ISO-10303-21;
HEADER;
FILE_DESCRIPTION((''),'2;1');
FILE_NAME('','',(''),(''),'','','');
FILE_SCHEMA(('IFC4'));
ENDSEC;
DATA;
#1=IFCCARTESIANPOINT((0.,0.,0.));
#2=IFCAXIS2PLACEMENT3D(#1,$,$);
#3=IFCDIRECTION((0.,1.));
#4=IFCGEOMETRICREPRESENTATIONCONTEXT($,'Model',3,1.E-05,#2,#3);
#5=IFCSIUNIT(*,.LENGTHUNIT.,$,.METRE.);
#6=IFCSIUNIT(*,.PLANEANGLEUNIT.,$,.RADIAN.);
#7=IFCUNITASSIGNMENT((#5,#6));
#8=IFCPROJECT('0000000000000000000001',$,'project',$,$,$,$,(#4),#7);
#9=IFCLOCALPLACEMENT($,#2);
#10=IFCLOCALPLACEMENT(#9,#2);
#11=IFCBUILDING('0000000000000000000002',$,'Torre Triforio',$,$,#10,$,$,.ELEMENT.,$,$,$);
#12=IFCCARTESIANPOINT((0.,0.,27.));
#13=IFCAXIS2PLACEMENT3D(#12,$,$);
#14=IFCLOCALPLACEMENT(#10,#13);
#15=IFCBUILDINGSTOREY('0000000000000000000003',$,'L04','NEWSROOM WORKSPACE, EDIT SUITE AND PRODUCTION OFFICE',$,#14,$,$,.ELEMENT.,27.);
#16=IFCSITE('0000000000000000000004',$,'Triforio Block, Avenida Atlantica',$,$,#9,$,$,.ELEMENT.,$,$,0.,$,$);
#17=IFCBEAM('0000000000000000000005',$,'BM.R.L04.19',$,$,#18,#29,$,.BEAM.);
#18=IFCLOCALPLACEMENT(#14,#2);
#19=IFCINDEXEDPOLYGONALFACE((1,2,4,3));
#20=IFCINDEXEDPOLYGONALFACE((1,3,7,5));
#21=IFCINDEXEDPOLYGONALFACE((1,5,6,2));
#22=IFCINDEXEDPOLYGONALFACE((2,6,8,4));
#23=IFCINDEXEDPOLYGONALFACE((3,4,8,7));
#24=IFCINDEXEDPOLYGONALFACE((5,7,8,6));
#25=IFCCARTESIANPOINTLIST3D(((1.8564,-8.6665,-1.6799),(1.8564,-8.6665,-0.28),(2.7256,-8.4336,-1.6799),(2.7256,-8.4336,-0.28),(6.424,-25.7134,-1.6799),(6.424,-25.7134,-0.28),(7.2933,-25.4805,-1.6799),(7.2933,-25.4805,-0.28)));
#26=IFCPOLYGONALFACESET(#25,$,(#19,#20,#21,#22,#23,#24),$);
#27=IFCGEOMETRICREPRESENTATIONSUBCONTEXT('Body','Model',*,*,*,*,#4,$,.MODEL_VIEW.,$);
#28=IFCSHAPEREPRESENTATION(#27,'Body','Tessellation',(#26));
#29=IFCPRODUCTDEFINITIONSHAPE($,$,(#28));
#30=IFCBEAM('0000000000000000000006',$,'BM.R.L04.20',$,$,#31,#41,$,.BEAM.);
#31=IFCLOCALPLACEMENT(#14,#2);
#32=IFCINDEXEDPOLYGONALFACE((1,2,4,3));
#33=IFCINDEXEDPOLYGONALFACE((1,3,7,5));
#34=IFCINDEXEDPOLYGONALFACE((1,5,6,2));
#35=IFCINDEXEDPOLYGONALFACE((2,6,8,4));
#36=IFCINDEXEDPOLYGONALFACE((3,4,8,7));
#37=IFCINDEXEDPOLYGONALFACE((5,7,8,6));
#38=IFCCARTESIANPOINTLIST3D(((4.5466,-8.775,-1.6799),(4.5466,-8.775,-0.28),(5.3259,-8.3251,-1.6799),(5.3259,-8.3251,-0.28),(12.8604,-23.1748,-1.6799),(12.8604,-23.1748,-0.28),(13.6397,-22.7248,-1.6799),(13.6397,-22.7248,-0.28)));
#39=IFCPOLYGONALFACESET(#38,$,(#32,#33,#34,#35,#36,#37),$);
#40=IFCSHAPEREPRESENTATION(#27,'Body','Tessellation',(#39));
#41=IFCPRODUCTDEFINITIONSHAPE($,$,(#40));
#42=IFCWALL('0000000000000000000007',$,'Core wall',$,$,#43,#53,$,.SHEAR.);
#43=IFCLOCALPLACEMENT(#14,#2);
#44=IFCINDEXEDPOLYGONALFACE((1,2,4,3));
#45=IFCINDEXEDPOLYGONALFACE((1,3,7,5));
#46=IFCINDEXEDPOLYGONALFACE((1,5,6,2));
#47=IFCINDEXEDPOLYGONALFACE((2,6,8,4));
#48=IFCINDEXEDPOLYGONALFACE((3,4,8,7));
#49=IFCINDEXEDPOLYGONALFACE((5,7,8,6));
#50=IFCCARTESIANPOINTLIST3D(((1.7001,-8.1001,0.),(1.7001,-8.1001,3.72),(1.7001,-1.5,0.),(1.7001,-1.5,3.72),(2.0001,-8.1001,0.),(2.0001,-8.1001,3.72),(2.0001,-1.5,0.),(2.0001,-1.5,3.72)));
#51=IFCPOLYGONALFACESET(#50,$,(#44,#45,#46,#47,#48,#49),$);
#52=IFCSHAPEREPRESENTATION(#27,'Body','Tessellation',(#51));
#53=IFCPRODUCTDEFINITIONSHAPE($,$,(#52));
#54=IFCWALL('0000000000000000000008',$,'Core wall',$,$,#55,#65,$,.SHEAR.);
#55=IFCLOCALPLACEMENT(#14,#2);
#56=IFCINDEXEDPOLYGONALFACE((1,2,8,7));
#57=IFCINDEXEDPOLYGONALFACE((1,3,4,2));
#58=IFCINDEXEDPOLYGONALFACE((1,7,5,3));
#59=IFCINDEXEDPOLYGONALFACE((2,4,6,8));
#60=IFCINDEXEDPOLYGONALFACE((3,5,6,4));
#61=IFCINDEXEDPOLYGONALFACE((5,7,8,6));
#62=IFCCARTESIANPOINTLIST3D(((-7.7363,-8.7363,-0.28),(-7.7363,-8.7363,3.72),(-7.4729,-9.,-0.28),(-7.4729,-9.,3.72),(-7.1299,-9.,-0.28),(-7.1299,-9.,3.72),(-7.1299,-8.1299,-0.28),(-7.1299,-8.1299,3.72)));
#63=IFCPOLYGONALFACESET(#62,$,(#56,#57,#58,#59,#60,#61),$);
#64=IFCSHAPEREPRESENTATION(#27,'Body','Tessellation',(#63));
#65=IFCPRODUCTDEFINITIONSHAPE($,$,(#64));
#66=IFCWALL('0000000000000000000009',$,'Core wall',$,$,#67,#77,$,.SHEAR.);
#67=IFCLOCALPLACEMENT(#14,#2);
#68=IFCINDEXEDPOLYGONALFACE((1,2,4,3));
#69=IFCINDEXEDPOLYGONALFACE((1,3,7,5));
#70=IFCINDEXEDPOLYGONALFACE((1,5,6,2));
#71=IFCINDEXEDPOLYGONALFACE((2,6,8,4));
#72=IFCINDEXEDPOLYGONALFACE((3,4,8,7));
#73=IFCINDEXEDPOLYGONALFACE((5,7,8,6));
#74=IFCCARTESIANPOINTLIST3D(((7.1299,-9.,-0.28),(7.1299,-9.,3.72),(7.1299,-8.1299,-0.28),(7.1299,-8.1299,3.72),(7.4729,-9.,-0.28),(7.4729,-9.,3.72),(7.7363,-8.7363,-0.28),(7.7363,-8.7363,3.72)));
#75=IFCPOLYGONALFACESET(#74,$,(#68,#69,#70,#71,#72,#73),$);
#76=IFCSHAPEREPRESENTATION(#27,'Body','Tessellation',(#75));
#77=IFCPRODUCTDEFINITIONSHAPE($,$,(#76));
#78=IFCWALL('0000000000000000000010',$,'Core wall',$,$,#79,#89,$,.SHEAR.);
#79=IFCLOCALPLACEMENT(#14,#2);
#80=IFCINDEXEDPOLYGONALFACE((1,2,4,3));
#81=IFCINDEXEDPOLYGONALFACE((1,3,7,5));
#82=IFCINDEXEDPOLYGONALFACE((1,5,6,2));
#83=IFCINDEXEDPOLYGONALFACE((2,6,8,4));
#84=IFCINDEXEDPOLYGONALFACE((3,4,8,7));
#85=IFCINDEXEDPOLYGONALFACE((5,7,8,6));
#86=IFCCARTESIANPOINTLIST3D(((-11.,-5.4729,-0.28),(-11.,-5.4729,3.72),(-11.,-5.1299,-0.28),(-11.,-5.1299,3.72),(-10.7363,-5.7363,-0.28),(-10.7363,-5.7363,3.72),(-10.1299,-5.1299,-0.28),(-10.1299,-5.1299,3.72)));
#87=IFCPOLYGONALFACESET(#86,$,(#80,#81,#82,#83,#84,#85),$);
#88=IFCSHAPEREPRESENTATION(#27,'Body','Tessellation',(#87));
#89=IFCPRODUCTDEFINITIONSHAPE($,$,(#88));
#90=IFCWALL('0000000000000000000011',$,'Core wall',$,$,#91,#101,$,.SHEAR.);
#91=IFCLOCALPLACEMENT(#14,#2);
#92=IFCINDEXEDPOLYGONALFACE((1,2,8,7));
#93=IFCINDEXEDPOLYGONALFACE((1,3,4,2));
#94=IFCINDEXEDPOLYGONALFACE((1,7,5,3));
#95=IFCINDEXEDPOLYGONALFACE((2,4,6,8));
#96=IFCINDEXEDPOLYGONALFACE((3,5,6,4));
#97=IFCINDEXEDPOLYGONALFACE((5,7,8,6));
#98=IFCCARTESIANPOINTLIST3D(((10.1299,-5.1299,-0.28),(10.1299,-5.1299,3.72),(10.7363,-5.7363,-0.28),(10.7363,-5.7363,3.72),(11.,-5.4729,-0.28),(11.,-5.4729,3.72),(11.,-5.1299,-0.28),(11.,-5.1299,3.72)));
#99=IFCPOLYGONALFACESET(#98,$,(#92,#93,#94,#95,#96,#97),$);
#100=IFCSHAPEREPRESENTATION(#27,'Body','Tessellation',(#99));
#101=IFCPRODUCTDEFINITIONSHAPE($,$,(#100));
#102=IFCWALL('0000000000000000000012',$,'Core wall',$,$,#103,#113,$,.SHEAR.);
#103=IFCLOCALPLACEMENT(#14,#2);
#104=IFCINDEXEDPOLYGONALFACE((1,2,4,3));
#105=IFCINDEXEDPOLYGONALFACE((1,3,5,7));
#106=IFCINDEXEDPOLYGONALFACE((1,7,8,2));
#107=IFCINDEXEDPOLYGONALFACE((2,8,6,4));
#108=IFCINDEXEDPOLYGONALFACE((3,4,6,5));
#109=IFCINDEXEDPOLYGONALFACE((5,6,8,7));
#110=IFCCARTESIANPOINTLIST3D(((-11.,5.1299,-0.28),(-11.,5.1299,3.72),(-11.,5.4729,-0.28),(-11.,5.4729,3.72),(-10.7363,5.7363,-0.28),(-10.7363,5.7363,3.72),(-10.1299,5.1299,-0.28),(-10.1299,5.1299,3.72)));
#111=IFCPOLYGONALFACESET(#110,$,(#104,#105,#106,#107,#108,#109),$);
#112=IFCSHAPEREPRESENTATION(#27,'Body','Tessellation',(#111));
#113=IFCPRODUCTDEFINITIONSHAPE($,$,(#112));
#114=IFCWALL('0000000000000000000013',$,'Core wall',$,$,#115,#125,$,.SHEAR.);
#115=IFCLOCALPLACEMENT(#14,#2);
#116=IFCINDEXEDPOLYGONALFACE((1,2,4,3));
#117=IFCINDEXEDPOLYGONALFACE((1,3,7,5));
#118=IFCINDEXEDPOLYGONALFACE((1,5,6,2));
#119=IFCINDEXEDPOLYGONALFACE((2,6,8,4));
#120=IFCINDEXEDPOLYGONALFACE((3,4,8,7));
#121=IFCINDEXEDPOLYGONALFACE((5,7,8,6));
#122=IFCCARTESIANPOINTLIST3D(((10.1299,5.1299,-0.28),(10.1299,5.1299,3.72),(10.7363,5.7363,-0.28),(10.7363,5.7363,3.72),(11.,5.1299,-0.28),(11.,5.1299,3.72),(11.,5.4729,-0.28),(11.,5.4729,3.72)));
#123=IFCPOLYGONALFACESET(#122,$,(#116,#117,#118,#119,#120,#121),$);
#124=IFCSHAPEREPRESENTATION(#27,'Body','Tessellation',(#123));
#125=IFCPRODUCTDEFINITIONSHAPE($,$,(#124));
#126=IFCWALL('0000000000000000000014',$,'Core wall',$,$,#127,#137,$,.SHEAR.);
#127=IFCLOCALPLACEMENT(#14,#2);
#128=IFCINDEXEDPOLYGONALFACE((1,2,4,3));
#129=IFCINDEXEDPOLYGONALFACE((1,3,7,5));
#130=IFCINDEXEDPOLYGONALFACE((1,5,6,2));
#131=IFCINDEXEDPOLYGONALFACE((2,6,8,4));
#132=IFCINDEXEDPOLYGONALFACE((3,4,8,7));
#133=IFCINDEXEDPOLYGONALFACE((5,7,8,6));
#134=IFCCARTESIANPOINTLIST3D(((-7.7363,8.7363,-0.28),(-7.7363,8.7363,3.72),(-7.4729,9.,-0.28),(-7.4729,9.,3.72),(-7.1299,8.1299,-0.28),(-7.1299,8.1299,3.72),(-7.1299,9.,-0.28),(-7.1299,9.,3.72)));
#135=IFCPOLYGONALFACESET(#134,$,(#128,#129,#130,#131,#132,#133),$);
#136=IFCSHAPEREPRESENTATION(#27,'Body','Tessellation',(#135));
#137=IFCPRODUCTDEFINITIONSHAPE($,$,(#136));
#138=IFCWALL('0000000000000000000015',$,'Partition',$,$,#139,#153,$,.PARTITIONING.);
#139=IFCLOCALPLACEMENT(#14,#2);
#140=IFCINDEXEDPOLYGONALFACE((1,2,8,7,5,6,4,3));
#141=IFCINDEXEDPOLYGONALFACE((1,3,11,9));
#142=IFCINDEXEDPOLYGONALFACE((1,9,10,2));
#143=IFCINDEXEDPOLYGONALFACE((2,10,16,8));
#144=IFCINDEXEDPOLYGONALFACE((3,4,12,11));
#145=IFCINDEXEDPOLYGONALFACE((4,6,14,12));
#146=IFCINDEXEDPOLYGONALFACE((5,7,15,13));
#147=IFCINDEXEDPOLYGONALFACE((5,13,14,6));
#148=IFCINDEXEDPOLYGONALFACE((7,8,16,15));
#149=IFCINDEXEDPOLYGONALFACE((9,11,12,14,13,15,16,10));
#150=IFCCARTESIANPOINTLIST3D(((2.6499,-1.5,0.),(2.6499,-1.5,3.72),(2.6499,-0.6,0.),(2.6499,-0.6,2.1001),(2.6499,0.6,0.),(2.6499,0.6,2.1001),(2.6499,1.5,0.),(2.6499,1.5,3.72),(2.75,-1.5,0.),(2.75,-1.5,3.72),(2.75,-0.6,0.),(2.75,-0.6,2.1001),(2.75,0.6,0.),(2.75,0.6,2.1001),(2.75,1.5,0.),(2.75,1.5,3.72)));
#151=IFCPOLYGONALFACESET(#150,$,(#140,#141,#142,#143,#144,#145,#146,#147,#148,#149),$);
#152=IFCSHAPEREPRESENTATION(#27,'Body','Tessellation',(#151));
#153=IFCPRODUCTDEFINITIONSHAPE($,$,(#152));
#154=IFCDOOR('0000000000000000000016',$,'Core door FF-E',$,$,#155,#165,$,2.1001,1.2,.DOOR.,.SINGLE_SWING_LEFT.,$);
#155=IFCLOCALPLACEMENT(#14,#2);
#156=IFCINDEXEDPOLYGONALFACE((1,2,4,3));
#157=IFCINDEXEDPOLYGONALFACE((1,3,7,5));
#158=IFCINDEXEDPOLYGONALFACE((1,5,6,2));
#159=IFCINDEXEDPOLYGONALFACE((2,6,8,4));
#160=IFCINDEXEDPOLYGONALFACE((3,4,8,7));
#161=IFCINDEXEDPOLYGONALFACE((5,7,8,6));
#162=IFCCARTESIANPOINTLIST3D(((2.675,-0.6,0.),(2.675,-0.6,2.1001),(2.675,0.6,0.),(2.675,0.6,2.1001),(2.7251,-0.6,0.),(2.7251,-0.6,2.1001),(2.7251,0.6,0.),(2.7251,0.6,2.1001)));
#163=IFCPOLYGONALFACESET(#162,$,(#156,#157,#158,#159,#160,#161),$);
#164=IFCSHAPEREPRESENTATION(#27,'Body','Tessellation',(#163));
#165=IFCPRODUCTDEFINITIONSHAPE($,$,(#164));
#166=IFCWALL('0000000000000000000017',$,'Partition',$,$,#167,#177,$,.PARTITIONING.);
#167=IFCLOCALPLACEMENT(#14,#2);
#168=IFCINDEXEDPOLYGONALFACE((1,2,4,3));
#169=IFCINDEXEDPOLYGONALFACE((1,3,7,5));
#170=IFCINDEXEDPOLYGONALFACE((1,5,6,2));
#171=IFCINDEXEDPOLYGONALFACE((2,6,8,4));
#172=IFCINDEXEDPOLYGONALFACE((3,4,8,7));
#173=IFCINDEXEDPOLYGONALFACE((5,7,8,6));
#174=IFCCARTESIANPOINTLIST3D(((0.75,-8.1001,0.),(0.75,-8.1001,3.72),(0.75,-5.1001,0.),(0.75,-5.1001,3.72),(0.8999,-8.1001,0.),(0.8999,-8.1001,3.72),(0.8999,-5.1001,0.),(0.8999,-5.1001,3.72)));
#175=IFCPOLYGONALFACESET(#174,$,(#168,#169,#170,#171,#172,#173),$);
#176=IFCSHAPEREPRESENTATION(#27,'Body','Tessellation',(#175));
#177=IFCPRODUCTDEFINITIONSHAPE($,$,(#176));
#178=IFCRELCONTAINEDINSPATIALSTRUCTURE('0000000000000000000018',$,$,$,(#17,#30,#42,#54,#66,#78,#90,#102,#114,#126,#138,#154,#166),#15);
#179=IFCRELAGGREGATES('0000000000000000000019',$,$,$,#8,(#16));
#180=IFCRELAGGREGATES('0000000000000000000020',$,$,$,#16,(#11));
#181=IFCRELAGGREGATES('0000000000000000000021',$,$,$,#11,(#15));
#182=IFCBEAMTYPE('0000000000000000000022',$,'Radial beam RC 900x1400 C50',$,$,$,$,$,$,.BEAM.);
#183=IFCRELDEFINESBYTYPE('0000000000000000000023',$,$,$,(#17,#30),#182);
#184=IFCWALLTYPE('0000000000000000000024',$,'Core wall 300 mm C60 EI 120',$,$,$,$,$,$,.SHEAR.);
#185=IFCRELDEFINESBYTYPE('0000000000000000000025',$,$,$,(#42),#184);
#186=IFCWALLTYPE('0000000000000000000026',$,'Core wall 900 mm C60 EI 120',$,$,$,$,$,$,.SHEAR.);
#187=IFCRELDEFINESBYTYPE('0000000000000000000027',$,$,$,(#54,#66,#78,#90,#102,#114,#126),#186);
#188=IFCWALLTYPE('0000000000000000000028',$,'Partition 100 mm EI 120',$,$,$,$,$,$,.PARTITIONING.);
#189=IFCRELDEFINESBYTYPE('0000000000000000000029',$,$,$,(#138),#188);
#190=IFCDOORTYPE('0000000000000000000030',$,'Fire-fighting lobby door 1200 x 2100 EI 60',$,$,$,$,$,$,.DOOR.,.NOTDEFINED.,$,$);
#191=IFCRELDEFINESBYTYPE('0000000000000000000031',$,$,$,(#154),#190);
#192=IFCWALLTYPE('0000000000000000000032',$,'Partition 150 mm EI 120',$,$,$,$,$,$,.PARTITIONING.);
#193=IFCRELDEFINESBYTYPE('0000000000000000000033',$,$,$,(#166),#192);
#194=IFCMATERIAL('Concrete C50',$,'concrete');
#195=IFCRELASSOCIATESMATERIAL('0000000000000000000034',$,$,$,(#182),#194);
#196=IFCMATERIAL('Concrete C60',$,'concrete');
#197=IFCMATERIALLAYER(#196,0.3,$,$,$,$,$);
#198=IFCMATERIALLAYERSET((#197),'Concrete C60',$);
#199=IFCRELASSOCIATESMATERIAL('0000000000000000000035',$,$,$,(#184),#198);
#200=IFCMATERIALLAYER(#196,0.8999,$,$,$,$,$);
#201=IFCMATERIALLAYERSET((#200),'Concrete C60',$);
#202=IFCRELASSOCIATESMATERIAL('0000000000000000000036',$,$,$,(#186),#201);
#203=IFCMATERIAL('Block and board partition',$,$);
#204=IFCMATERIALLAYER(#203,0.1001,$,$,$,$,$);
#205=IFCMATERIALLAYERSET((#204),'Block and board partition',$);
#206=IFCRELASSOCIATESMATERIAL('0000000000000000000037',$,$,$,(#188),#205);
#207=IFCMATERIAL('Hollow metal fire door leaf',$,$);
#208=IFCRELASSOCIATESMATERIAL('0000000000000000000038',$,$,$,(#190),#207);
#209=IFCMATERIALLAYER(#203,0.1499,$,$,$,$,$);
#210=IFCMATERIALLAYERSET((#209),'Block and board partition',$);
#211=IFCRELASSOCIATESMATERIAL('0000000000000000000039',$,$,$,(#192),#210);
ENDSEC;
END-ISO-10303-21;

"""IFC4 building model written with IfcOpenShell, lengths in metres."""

from ifc_helpers import new_model, si_unit, direction, frame, frame_2d, origin, origin_2d, place, context, subcontext, project, spatial, polyline, rectangle, outline, extrude, material, layer, layer_set, material_profile, profile_set, type_object, element, fill, save


model = new_model("IFC4")

# Units and contexts
model_context = context("Model", 3, precision=1e-05, world=origin(), true_north=direction((0.0, 1.0)))
body_context = subcontext(model_context, "Body", "Model", "MODEL_VIEW")
ifc_project = project(units=[si_unit("LENGTHUNIT", "METRE"), si_unit("PLANEANGLEUNIT", "RADIAN")], contexts=[model_context])

# Site, building, storey
site_placement = place(None, origin())
site = spatial("IfcSite", under=ifc_project, at=site_placement, Name="Triforio Block, Avenida Atlantica", CompositionType="ELEMENT", RefElevation=0.0)
building_placement = place(site_placement, origin())
building = spatial("IfcBuilding", under=site, at=building_placement, Name="Torre Triforio", CompositionType="ELEMENT")
storey_placement = place(building_placement, frame((0.0, 0.0, 27.0)))
storey = spatial("IfcBuildingStorey", under=building, at=storey_placement, Name="L04", Description="NEWSROOM WORKSPACE, EDIT SUITE AND PRODUCTION OFFICE", CompositionType="ELEMENT", Elevation=27.0)

# Beams
ifc_material_1 = material(Name="Concrete C50", Category="concrete")
ifc_material_profile = material_profile(ifc_material_1, rectangle(XDim=0.8999, YDim=1.3999, at=origin_2d()), Name="RC 900x1400")
ifc_profile_set = profile_set([ifc_material_profile], Name="Concrete C50")
beam_type = type_object("IfcBeamType", Name="Radial beam RC 900x1400 C50", PredefinedType="BEAM", material=ifc_profile_set)
beam_1_placement = place(storey_placement, frame((2.291, -8.55, -0.98), z_axis=(0.258815, -0.965927, 0.0), x_axis=(0.965927, 0.258815, 0.0)))
element("IfcBeam", 1, at=beam_1_placement, inside=storey, type_object=beam_type, Name="BM.R.L04.19", PredefinedType="BEAM", context=body_context, shape_type="SweptSolid", body=[
    extrude(rectangle(XDim=0.8999, YDim=1.3999, at=origin_2d()), origin(), (0.0, 0.0, 1.0), 17.6482),
])
beam_2_placement = place(storey_placement, frame((4.9363, -8.55, -0.98), z_axis=(0.500003, -0.866023, 0.0), x_axis=(0.866023, 0.500003, 0.0)))
element("IfcBeam", 2, at=beam_2_placement, inside=storey, type_object=beam_type, Name="BM.R.L04.20", PredefinedType="BEAM", context=body_context, shape_type="SweptSolid", body=[
    extrude(rectangle(XDim=0.8999, YDim=1.3999, at=origin_2d()), origin(), (0.0, 0.0, 1.0), 16.6274),
])

# Walls
ifc_material_2 = material(Name="Concrete C60", Category="concrete")
ifc_layer_1 = layer(ifc_material_2, 0.3)
ifc_layer_set_1 = layer_set([ifc_layer_1], Name="Concrete C60")
wall_type_1 = type_object("IfcWallType", Name="Core wall 300 mm C60 EI 120", PredefinedType="SHEAR", material=ifc_layer_set_1)
wall_1_placement = place(storey_placement, frame((1.8501, -8.1001, 0.0), z_axis=(0.0, 0.0, 1.0), x_axis=(0.0, 1.0, 0.0)))
element("IfcWall", 3, at=wall_1_placement, inside=storey, type_object=wall_type_1, Name="Core wall", PredefinedType="SHEAR", context=body_context, shape_type="SweptSolid", body=[
    extrude(rectangle(XDim=6.6001, YDim=0.3, at=frame_2d((3.3, 0.0))), origin(), (0.0, 0.0, 1.0), 3.72),
])
ifc_layer_2 = layer(ifc_material_2, 0.8999)
ifc_layer_set_2 = layer_set([ifc_layer_2], Name="Concrete C60")
wall_type_2 = type_object("IfcWallType", Name="Core wall 900 mm C60 EI 120", PredefinedType="SHEAR", material=ifc_layer_set_2)
wall_2_placement = place(storey_placement, frame((0.0, 0.0, -0.28)))
element("IfcWall", 4, at=wall_2_placement, inside=storey, type_object=wall_type_2, Name="Core wall", PredefinedType="SHEAR", context=body_context, shape_type="SweptSolid", body=[
    extrude(outline(polyline([(-7.4729, -9.0), (-7.7363, -8.7363), (-7.1299, -8.1299), (-7.1299, -9.0), (-7.4729, -9.0)])), origin(), (0.0, 0.0, 1.0), 4.0),
])
wall_3_placement = place(storey_placement, frame((0.0, 0.0, -0.28)))
element("IfcWall", 5, at=wall_3_placement, inside=storey, type_object=wall_type_2, Name="Core wall", PredefinedType="SHEAR", context=body_context, shape_type="SweptSolid", body=[
    extrude(outline(polyline([(7.4729, -9.0), (7.1299, -9.0), (7.1299, -8.1299), (7.7363, -8.7363), (7.4729, -9.0)])), origin(), (0.0, 0.0, 1.0), 4.0),
])
wall_4_placement = place(storey_placement, frame((0.0, 0.0, -0.28)))
element("IfcWall", 6, at=wall_4_placement, inside=storey, type_object=wall_type_2, Name="Core wall", PredefinedType="SHEAR", context=body_context, shape_type="SweptSolid", body=[
    extrude(outline(polyline([(-11.0, -5.4729), (-11.0, -5.1299), (-10.1299, -5.1299), (-10.7363, -5.7363), (-11.0, -5.4729)])), origin(), (0.0, 0.0, 1.0), 4.0),
])
wall_5_placement = place(storey_placement, frame((0.0, 0.0, -0.28)))
element("IfcWall", 7, at=wall_5_placement, inside=storey, type_object=wall_type_2, Name="Core wall", PredefinedType="SHEAR", context=body_context, shape_type="SweptSolid", body=[
    extrude(outline(polyline([(11.0, -5.4729), (10.7363, -5.7363), (10.1299, -5.1299), (11.0, -5.1299), (11.0, -5.4729)])), origin(), (0.0, 0.0, 1.0), 4.0),
])
wall_6_placement = place(storey_placement, frame((0.0, 0.0, -0.28)))
element("IfcWall", 8, at=wall_6_placement, inside=storey, type_object=wall_type_2, Name="Core wall", PredefinedType="SHEAR", context=body_context, shape_type="SweptSolid", body=[
    extrude(outline(polyline([(-10.7363, 5.7363), (-10.1299, 5.1299), (-11.0, 5.1299), (-11.0, 5.4729), (-10.7363, 5.7363)])), origin(), (0.0, 0.0, 1.0), 4.0),
])
wall_7_placement = place(storey_placement, frame((0.0, 0.0, -0.28)))
element("IfcWall", 9, at=wall_7_placement, inside=storey, type_object=wall_type_2, Name="Core wall", PredefinedType="SHEAR", context=body_context, shape_type="SweptSolid", body=[
    extrude(outline(polyline([(11.0, 5.4729), (11.0, 5.1299), (10.1299, 5.1299), (10.7363, 5.7363), (11.0, 5.4729)])), origin(), (0.0, 0.0, 1.0), 4.0),
])
wall_8_placement = place(storey_placement, frame((0.0, 0.0, -0.28)))
element("IfcWall", 10, at=wall_8_placement, inside=storey, type_object=wall_type_2, Name="Core wall", PredefinedType="SHEAR", context=body_context, shape_type="SweptSolid", body=[
    extrude(outline(polyline([(-7.4729, 9.0), (-7.1299, 9.0), (-7.1299, 8.1299), (-7.7363, 8.7363), (-7.4729, 9.0)])), origin(), (0.0, 0.0, 1.0), 4.0),
])

# Wall, opening, door
ifc_material_3 = material(Name="Block and board partition")
ifc_layer_3 = layer(ifc_material_3, 0.1001)
ifc_layer_set_3 = layer_set([ifc_layer_3], Name="Block and board partition")
wall_type_3 = type_object("IfcWallType", Name="Partition 100 mm EI 120", PredefinedType="PARTITIONING", material=ifc_layer_set_3)
wall_9_placement = place(storey_placement, frame((2.7, -1.5, 0.0), z_axis=(0.0, 0.0, 1.0), x_axis=(0.0, 1.0, 0.0)))
wall_9 = element("IfcWall", 11, at=wall_9_placement, inside=storey, type_object=wall_type_3, Name="Partition", PredefinedType="PARTITIONING", context=body_context, shape_type="SweptSolid", body=[
    extrude(rectangle(XDim=3.0, YDim=0.1001, at=frame_2d((1.5, 0.0))), origin(), (0.0, 0.0, 1.0), 3.72),
])
opening_placement = place(wall_9_placement, frame((0.8999, 0.0, 0.0)))
opening = element("IfcOpeningElement", 12, at=opening_placement, cuts=wall_9, PredefinedType="OPENING", context=body_context, shape_type="SweptSolid", body=[
    extrude(rectangle(XDim=1.2, YDim=2.1001, at=frame_2d((0.6001, 1.05))), frame((0.0, 0.0601, 0.0), z_axis=(0.0, -1.0, 0.0), x_axis=(1.0, 0.0, 0.0)), (0.0, 0.0, 1.0), 0.1201),
])
ifc_material_4 = material(Name="Hollow metal fire door leaf")
door_type = type_object("IfcDoorType", Name="Fire-fighting lobby door 1200 x 2100 EI 60", OperationType="NOTDEFINED", PredefinedType="DOOR", material=ifc_material_4)
door_placement = place(opening_placement, origin())
door = element("IfcDoor", 13, at=door_placement, inside=storey, type_object=door_type, Name="Core door FF-E", OperationType="SINGLE_SWING_LEFT", OverallHeight=2.1001, OverallWidth=1.2, PredefinedType="DOOR", context=body_context, shape_type="SweptSolid", body=[
    extrude(rectangle(XDim=1.2, YDim=2.1001, at=frame_2d((0.6001, 1.05))), frame((0.0, 0.0249, 0.0), z_axis=(0.0, -1.0, 0.0), x_axis=(1.0, 0.0, 0.0)), (0.0, 0.0, 1.0), 0.05),
])
fill(opening, door)

# Wall
ifc_layer_4 = layer(ifc_material_3, 0.1499)
ifc_layer_set_4 = layer_set([ifc_layer_4], Name="Block and board partition")
wall_type_4 = type_object("IfcWallType", Name="Partition 150 mm EI 120", PredefinedType="PARTITIONING", material=ifc_layer_set_4)
wall_10_placement = place(storey_placement, frame((0.825, -8.1001, 0.0), z_axis=(0.0, 0.0, 1.0), x_axis=(0.0, 1.0, 0.0)))
element("IfcWall", 14, at=wall_10_placement, inside=storey, type_object=wall_type_4, Name="Partition", PredefinedType="PARTITIONING", context=body_context, shape_type="SweptSolid", body=[
    extrude(rectangle(XDim=3.0, YDim=0.1499, at=frame_2d((1.5, 0.0))), origin(), (0.0, 0.0, 1.0), 3.72),
])

save(model, "model.ifc")
